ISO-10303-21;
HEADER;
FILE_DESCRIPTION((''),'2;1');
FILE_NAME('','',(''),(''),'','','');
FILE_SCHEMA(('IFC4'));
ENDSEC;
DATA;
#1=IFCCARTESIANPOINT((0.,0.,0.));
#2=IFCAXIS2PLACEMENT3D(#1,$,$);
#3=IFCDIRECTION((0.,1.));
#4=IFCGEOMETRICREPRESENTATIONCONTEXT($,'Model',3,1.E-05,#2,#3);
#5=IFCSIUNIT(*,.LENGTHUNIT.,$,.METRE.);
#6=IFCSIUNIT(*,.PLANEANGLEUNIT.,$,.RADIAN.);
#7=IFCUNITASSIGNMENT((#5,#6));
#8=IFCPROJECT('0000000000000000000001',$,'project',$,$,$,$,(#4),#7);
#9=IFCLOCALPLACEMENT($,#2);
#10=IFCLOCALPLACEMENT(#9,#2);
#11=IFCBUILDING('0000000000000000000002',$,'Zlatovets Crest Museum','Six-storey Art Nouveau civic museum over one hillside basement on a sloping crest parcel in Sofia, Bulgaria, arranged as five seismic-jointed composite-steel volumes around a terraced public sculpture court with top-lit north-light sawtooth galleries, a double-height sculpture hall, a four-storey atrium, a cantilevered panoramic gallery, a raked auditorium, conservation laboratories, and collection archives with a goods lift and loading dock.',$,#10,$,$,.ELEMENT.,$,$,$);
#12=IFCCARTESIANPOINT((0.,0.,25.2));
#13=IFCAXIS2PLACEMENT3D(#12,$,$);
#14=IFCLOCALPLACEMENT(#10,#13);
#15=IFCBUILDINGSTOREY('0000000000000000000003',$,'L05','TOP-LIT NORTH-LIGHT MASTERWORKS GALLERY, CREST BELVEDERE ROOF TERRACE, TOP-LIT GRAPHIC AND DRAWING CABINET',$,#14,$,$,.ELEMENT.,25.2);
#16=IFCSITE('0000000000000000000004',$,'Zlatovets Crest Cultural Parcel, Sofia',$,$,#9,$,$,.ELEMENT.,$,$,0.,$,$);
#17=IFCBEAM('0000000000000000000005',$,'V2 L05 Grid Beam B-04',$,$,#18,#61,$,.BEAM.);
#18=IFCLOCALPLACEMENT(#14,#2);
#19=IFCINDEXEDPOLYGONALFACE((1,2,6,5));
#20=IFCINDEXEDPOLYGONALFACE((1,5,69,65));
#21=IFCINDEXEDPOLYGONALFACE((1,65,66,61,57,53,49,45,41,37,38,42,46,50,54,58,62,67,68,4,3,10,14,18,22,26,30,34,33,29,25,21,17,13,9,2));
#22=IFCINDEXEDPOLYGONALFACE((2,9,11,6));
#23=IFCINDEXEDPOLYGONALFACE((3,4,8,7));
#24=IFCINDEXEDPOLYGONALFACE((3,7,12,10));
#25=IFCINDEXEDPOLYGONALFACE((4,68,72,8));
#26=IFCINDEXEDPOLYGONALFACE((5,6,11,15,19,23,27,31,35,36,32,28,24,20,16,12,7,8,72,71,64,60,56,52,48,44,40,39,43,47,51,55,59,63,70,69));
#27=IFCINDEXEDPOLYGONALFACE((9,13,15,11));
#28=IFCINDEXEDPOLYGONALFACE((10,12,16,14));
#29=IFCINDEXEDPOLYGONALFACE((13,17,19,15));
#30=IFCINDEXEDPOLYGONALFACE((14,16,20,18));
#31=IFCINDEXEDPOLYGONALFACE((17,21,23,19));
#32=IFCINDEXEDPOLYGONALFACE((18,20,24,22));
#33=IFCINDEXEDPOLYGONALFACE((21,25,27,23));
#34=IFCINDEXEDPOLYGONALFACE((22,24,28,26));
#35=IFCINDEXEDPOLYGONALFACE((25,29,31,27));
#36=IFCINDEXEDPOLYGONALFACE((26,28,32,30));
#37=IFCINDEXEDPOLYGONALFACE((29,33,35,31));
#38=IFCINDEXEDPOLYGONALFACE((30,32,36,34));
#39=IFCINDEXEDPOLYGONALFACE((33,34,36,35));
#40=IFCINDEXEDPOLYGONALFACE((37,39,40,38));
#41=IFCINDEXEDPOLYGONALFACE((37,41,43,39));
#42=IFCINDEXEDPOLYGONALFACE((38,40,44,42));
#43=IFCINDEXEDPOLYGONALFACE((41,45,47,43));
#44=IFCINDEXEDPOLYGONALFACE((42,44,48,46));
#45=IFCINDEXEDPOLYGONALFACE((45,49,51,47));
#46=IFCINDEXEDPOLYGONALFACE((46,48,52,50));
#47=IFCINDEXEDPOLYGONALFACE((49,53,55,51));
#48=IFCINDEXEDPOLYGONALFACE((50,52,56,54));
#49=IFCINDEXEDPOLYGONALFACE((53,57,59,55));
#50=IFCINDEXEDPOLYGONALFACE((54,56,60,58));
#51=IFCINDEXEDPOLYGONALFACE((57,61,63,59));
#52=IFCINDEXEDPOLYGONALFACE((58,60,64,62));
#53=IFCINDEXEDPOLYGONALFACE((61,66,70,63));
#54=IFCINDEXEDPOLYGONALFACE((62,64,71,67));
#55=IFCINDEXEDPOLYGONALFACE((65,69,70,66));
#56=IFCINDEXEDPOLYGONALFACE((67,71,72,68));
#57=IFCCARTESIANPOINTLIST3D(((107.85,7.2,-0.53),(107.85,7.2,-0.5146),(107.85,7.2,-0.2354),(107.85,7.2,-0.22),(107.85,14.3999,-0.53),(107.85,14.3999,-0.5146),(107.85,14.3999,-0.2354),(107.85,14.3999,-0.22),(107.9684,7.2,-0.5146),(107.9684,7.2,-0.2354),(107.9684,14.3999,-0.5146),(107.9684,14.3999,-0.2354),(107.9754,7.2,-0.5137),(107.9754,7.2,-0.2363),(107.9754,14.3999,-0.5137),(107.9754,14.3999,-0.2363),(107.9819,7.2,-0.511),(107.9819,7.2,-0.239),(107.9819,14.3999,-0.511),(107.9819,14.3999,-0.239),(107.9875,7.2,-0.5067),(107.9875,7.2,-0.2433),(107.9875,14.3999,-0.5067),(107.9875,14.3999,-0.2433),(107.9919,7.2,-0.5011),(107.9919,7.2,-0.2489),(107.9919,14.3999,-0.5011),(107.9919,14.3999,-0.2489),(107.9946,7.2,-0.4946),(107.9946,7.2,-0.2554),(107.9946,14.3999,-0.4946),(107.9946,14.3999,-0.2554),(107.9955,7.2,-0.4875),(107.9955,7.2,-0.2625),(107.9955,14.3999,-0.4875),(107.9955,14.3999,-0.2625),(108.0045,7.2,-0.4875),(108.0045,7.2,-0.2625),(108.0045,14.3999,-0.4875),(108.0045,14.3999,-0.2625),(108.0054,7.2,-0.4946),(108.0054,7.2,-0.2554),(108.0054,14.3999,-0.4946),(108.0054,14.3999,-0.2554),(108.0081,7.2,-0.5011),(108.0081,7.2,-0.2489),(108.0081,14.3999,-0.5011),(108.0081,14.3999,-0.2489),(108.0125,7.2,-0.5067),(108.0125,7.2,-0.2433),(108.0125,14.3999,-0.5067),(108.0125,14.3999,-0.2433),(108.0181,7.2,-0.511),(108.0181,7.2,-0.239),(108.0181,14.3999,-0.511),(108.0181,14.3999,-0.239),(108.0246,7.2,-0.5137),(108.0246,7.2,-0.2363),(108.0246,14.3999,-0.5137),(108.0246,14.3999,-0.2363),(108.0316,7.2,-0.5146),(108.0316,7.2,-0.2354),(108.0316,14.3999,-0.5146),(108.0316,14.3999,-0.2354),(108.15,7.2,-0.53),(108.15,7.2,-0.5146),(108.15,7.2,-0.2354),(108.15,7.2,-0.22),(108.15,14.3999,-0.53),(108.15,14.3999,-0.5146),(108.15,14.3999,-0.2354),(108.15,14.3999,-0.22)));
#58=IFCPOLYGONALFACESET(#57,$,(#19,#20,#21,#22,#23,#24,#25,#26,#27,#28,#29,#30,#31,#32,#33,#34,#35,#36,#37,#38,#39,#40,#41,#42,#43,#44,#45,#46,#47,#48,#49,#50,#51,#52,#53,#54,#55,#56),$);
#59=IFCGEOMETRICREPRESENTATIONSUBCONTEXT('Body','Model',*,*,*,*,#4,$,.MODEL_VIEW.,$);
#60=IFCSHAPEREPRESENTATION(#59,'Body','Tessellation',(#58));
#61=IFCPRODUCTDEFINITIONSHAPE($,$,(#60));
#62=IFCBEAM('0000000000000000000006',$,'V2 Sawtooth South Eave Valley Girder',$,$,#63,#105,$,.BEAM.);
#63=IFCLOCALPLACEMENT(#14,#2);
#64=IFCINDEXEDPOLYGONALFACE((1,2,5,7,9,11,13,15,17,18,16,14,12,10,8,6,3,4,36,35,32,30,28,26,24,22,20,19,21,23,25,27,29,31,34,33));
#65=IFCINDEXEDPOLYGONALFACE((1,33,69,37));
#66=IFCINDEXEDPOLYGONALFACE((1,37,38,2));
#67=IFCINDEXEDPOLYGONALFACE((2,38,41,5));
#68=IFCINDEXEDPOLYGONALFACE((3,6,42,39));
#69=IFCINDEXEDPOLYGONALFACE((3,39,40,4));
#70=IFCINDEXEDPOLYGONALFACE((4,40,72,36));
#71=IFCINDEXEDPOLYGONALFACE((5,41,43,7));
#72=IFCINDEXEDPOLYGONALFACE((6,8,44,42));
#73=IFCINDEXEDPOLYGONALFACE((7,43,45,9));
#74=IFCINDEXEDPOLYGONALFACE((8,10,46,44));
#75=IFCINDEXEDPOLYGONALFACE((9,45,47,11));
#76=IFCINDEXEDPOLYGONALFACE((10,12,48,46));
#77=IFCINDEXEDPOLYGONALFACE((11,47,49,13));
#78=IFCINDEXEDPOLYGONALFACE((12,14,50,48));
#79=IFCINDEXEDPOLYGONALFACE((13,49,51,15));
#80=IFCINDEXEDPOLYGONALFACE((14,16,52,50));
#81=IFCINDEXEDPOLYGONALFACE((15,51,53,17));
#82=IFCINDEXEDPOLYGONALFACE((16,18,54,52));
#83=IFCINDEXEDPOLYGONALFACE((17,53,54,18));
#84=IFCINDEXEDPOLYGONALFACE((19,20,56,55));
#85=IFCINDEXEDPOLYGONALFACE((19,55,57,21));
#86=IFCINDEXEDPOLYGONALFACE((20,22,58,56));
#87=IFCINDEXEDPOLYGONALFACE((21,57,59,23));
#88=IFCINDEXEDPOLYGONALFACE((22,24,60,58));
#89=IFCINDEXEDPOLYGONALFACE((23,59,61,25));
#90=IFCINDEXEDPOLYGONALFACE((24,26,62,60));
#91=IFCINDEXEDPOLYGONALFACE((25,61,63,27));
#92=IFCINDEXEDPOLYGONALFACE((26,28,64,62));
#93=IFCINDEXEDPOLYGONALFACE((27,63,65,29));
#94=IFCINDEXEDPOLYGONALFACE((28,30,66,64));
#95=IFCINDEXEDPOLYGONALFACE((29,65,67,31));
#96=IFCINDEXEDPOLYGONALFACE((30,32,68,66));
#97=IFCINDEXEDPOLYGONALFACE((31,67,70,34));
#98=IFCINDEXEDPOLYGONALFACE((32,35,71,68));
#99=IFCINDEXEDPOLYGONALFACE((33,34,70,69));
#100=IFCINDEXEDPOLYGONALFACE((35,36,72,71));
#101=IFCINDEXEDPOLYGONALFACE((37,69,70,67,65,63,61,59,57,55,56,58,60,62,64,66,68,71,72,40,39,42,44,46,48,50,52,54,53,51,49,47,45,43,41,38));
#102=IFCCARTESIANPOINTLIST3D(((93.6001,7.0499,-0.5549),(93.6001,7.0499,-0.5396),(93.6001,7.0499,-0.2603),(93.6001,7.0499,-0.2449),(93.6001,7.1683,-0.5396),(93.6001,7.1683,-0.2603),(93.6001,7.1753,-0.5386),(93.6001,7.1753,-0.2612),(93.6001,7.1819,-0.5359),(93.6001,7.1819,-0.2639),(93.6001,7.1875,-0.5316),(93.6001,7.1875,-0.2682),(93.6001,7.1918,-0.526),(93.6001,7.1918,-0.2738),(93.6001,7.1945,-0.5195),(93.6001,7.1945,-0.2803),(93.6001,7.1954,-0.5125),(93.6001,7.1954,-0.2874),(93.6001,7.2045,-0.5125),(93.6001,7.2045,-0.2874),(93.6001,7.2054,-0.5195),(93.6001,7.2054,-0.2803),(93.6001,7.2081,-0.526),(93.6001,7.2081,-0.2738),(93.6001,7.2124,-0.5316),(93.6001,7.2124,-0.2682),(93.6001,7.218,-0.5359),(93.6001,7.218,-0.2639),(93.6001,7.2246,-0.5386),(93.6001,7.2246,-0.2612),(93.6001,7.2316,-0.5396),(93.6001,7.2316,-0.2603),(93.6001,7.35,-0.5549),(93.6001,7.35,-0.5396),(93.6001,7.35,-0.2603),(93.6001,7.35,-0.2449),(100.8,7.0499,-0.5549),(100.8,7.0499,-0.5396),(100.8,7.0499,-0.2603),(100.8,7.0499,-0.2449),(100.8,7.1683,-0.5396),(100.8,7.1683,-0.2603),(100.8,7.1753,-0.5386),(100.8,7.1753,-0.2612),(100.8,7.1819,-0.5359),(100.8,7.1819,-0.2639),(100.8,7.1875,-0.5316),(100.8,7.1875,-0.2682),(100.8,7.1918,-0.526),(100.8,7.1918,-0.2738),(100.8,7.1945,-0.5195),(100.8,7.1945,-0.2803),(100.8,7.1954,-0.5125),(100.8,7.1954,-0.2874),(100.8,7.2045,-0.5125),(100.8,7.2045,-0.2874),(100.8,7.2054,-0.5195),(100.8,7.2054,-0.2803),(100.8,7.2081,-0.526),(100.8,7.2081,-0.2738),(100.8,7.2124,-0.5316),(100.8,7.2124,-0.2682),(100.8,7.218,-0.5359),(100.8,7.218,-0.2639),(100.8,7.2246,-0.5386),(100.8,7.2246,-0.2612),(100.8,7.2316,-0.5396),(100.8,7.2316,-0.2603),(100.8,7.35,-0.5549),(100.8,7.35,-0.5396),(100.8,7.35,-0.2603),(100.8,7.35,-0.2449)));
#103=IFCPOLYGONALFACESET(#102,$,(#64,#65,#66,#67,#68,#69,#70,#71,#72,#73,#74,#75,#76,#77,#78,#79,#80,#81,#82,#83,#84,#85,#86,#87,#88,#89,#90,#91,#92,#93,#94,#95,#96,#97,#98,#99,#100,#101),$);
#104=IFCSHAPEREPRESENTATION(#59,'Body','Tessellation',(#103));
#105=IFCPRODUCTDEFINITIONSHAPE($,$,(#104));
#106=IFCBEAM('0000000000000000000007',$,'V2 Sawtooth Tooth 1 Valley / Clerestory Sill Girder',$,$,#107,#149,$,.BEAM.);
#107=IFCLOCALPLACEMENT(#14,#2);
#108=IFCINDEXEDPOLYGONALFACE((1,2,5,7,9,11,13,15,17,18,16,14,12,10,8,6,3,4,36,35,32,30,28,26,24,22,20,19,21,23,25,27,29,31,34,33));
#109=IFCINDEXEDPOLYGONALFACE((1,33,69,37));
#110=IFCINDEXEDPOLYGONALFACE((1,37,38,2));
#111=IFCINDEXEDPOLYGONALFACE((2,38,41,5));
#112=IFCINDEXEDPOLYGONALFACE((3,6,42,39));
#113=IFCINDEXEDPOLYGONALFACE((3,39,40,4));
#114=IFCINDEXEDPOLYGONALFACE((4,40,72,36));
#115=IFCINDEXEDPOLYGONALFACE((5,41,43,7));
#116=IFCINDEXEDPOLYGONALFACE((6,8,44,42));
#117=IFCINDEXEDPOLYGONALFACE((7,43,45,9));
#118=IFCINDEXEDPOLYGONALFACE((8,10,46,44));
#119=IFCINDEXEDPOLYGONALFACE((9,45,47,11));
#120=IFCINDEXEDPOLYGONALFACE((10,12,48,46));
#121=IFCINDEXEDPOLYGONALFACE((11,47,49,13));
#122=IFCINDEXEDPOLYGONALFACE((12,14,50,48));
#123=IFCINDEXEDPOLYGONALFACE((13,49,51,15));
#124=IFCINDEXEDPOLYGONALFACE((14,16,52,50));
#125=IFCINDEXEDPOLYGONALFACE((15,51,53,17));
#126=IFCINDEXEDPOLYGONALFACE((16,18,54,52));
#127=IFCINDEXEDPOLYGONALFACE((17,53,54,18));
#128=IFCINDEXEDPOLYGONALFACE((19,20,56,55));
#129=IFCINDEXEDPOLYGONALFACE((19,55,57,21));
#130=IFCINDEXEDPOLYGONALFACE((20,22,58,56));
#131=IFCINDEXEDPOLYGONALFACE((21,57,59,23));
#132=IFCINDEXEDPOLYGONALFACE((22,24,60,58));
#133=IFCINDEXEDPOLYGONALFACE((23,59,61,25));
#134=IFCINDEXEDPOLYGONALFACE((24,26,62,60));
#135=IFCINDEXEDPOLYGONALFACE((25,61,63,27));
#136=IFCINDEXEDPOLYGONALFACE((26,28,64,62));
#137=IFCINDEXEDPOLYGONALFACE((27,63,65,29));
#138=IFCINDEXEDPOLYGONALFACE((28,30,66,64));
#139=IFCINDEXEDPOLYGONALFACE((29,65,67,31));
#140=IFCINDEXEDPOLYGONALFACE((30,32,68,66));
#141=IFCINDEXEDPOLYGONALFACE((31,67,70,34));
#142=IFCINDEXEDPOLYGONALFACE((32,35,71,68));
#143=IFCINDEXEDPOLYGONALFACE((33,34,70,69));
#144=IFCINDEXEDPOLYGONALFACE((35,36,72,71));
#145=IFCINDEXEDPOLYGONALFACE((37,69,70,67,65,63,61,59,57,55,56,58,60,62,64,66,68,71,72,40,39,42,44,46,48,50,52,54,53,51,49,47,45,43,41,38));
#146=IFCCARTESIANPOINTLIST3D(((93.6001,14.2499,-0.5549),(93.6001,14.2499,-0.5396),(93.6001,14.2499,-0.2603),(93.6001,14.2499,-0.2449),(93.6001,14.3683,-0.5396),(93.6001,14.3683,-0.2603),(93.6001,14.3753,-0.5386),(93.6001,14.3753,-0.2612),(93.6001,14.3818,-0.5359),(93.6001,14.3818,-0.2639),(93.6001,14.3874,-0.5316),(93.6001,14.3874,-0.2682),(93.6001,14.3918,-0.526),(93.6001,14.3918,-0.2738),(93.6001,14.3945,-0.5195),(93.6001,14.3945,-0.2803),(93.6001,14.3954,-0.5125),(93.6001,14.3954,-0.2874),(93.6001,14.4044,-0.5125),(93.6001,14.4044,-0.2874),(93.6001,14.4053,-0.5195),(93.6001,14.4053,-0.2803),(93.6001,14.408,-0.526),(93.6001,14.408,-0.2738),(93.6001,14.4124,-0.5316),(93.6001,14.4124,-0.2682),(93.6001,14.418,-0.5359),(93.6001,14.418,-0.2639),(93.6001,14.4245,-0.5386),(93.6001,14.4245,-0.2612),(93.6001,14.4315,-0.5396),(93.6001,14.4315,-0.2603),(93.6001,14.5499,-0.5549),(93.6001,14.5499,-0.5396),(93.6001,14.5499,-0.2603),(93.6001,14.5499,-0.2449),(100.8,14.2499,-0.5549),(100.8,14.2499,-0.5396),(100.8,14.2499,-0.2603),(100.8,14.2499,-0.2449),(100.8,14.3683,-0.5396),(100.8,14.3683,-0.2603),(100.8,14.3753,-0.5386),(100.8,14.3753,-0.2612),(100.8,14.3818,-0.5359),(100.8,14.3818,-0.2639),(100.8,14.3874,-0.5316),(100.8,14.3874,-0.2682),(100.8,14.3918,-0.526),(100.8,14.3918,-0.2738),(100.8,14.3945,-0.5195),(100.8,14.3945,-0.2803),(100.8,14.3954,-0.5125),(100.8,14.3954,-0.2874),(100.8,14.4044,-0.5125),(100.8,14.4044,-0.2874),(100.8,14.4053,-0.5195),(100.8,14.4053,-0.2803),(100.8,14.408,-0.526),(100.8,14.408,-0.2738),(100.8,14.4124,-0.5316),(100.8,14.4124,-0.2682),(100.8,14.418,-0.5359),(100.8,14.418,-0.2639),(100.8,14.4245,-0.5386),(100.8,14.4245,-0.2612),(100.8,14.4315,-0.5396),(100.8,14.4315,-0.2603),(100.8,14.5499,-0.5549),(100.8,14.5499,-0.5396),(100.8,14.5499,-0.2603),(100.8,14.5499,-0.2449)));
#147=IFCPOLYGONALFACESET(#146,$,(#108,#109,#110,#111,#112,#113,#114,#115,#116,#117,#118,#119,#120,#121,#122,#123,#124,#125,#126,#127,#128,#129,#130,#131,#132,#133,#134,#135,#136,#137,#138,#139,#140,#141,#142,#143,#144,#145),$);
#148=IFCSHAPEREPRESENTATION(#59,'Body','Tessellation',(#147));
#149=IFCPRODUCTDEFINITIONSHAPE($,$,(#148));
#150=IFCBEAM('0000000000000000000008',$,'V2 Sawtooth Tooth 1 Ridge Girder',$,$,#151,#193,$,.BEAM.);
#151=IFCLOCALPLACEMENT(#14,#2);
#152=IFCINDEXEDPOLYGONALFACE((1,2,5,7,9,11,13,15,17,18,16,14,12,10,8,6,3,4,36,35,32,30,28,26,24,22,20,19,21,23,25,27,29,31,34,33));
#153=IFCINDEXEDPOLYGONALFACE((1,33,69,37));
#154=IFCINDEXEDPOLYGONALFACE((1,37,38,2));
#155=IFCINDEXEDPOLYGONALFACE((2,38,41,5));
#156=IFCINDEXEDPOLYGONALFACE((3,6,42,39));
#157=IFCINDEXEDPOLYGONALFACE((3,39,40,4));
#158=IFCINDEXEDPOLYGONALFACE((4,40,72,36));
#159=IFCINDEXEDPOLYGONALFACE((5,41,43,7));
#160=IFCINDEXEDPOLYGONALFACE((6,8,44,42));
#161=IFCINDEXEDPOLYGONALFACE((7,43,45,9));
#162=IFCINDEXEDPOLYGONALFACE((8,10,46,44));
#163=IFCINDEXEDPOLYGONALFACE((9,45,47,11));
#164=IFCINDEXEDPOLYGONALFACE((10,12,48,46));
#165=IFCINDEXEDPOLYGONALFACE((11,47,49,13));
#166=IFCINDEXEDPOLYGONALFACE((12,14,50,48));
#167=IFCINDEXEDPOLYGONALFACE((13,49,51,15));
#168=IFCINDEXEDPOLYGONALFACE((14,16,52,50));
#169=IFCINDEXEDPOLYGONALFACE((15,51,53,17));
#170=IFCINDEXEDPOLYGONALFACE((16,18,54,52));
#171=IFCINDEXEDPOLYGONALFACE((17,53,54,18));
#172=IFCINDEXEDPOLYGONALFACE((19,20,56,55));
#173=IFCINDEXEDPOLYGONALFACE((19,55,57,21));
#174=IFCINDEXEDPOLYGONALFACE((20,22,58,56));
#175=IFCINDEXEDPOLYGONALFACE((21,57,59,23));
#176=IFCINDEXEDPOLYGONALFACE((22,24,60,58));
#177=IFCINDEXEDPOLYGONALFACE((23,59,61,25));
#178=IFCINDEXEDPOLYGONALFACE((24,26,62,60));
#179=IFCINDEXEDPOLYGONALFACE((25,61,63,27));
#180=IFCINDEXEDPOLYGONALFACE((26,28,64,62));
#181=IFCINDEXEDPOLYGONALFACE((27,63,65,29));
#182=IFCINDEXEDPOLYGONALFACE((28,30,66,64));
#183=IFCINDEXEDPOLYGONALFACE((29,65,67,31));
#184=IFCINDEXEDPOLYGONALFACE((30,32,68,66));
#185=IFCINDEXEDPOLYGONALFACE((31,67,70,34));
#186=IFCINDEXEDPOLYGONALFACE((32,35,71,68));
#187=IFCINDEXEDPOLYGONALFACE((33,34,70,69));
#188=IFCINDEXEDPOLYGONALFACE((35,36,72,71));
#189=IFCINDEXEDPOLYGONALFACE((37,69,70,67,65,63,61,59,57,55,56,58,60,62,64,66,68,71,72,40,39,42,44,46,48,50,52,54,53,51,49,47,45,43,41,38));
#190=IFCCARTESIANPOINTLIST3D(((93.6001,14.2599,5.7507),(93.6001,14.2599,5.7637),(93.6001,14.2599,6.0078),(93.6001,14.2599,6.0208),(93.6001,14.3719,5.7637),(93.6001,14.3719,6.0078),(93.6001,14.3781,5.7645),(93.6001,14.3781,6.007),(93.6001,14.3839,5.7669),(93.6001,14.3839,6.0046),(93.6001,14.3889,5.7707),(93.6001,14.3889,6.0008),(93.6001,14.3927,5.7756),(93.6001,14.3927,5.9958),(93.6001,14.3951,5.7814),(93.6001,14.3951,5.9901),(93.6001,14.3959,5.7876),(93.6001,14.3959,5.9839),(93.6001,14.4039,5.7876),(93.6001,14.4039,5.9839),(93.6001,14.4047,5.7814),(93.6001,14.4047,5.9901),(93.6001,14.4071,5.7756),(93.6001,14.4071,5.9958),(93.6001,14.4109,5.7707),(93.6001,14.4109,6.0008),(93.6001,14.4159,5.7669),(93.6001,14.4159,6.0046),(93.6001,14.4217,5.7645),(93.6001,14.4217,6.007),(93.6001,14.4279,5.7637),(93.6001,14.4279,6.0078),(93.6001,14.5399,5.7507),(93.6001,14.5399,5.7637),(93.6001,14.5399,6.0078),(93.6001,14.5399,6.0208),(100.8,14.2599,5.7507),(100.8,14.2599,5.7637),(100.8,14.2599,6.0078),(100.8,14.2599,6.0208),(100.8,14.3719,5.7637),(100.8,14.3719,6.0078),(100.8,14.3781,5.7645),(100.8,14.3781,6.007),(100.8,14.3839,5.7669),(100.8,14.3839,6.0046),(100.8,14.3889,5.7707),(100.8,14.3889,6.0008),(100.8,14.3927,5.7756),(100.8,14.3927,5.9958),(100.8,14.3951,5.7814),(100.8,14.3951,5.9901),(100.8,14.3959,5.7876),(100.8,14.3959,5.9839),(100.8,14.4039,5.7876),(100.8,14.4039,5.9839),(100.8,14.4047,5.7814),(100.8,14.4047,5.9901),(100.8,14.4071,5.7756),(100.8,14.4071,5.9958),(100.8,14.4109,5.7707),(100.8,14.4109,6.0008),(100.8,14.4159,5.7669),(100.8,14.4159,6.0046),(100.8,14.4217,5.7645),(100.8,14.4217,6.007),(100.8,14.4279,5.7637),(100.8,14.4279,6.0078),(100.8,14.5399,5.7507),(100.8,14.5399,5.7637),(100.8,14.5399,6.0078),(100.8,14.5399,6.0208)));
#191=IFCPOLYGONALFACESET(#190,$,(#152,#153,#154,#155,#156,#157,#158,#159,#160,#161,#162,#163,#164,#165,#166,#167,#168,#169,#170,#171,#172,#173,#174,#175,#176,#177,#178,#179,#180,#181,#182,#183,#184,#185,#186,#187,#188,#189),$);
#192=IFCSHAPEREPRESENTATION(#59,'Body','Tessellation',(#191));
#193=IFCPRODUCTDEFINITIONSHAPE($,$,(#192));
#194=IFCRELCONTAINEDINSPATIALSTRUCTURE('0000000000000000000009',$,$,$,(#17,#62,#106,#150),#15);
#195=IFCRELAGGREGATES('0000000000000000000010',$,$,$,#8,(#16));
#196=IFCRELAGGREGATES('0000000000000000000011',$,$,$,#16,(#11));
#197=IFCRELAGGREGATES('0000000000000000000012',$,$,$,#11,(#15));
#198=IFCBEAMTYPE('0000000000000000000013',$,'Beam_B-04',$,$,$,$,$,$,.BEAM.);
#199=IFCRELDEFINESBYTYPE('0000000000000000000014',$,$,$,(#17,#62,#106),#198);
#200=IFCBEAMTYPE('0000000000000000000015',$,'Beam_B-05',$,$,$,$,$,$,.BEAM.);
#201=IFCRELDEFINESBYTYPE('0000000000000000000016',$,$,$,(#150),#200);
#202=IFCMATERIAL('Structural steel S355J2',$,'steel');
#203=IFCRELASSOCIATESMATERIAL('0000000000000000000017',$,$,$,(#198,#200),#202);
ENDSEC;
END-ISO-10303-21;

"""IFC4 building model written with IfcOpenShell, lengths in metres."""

from ifc_helpers import new_model, si_unit, direction, frame, origin, origin_2d, place, context, subcontext, project, spatial, i_section, extrude, material, material_profile, profile_set, type_object, element, save


model = new_model("IFC4")

# Units and contexts
model_context = context("Model", 3, precision=1e-05, world=origin(), true_north=direction((0.0, 1.0)))
body_context = subcontext(model_context, "Body", "Model", "MODEL_VIEW")
ifc_project = project(units=[si_unit("LENGTHUNIT", "METRE"), si_unit("PLANEANGLEUNIT", "RADIAN")], contexts=[model_context])

# Site, building, storey
site_placement = place(None, origin())
site = spatial("IfcSite", under=ifc_project, at=site_placement, Name="Zlatovets Crest Cultural Parcel, Sofia", CompositionType="ELEMENT", RefElevation=0.0)
building_placement = place(site_placement, origin())
building = spatial("IfcBuilding", under=site, at=building_placement, Name="Zlatovets Crest Museum", Description="Six-storey Art Nouveau civic museum over one hillside basement on a sloping crest parcel in Sofia, Bulgaria, arranged as five seismic-jointed composite-steel volumes around a terraced public sculpture court with top-lit north-light sawtooth galleries, a double-height sculpture hall, a four-storey atrium, a cantilevered panoramic gallery, a raked auditorium, conservation laboratories, and collection archives with a goods lift and loading dock.", CompositionType="ELEMENT")
storey_placement = place(building_placement, frame((0.0, 0.0, 25.2)))
storey = spatial("IfcBuildingStorey", under=building, at=storey_placement, Name="L05", Description="TOP-LIT NORTH-LIGHT MASTERWORKS GALLERY, CREST BELVEDERE ROOF TERRACE, TOP-LIT GRAPHIC AND DRAWING CABINET", CompositionType="ELEMENT", Elevation=25.2)

# Beams
ifc_material_1 = material(Name="Structural steel S355J2", Category="steel")
ifc_material_profile_1 = material_profile(ifc_material_1, i_section(OverallWidth=0.3, OverallDepth=0.3101, WebThickness=0.009, FlangeThickness=0.0154, FilletRadius=0.0271, at=origin_2d()), Name="HEA 320")
ifc_profile_set_1 = profile_set([ifc_material_profile_1], Name="Structural steel S355J2")
beam_type_1 = type_object("IfcBeamType", Name="Beam_B-04", PredefinedType="BEAM", material=ifc_profile_set_1)
for number, where, z_axis, x_axis, name in (
    (1, (108.0, 7.2, -0.375), (0.0, 1.0, 0.0), (-1.0, 0.0, 0.0), "V2 L05 Grid Beam B-04"),
    (2, (93.6001, 7.2, -0.3999), (1.0, 0.0, 0.0), (0.0, 1.0, 0.0), "V2 Sawtooth South Eave Valley Girder"),
    (3, (93.6001, 14.3999, -0.3999), (1.0, 0.0, 0.0), (0.0, 1.0, 0.0), "V2 Sawtooth Tooth 1 Valley / Clerestory Sill Girder"),
):
    element("IfcBeam", number, at=place(storey_placement, frame(where, z_axis=z_axis, x_axis=x_axis)), inside=storey, type_object=beam_type_1, Name=name, PredefinedType="BEAM", context=body_context, shape_type="SweptSolid", body=[
        extrude(i_section(OverallWidth=0.3, OverallDepth=0.3101, WebThickness=0.009, FlangeThickness=0.0154, FilletRadius=0.0271, at=origin_2d()), origin(), (0.0, 0.0, 1.0), 7.2),
    ])
ifc_material_profile_2 = material_profile(ifc_material_1, i_section(OverallWidth=0.28, OverallDepth=0.27, WebThickness=0.0081, FlangeThickness=0.0129, FilletRadius=0.0239, at=origin_2d()), Name="HEA 280")
ifc_profile_set_2 = profile_set([ifc_material_profile_2], Name="Structural steel S355J2")
beam_type_2 = type_object("IfcBeamType", Name="Beam_B-05", PredefinedType="BEAM", material=ifc_profile_set_2)
beam_placement = place(storey_placement, frame((93.6001, 14.3999, 5.8857), z_axis=(1.0, 0.0, 0.0), x_axis=(0.0, 1.0, 0.0)))
element("IfcBeam", 4, at=beam_placement, inside=storey, type_object=beam_type_2, Name="V2 Sawtooth Tooth 1 Ridge Girder", PredefinedType="BEAM", context=body_context, shape_type="SweptSolid", body=[
    extrude(i_section(OverallWidth=0.28, OverallDepth=0.27, WebThickness=0.0081, FlangeThickness=0.0129, FilletRadius=0.0239, at=origin_2d()), origin(), (0.0, 0.0, 1.0), 7.2),
])

save(model, "model.ifc")
